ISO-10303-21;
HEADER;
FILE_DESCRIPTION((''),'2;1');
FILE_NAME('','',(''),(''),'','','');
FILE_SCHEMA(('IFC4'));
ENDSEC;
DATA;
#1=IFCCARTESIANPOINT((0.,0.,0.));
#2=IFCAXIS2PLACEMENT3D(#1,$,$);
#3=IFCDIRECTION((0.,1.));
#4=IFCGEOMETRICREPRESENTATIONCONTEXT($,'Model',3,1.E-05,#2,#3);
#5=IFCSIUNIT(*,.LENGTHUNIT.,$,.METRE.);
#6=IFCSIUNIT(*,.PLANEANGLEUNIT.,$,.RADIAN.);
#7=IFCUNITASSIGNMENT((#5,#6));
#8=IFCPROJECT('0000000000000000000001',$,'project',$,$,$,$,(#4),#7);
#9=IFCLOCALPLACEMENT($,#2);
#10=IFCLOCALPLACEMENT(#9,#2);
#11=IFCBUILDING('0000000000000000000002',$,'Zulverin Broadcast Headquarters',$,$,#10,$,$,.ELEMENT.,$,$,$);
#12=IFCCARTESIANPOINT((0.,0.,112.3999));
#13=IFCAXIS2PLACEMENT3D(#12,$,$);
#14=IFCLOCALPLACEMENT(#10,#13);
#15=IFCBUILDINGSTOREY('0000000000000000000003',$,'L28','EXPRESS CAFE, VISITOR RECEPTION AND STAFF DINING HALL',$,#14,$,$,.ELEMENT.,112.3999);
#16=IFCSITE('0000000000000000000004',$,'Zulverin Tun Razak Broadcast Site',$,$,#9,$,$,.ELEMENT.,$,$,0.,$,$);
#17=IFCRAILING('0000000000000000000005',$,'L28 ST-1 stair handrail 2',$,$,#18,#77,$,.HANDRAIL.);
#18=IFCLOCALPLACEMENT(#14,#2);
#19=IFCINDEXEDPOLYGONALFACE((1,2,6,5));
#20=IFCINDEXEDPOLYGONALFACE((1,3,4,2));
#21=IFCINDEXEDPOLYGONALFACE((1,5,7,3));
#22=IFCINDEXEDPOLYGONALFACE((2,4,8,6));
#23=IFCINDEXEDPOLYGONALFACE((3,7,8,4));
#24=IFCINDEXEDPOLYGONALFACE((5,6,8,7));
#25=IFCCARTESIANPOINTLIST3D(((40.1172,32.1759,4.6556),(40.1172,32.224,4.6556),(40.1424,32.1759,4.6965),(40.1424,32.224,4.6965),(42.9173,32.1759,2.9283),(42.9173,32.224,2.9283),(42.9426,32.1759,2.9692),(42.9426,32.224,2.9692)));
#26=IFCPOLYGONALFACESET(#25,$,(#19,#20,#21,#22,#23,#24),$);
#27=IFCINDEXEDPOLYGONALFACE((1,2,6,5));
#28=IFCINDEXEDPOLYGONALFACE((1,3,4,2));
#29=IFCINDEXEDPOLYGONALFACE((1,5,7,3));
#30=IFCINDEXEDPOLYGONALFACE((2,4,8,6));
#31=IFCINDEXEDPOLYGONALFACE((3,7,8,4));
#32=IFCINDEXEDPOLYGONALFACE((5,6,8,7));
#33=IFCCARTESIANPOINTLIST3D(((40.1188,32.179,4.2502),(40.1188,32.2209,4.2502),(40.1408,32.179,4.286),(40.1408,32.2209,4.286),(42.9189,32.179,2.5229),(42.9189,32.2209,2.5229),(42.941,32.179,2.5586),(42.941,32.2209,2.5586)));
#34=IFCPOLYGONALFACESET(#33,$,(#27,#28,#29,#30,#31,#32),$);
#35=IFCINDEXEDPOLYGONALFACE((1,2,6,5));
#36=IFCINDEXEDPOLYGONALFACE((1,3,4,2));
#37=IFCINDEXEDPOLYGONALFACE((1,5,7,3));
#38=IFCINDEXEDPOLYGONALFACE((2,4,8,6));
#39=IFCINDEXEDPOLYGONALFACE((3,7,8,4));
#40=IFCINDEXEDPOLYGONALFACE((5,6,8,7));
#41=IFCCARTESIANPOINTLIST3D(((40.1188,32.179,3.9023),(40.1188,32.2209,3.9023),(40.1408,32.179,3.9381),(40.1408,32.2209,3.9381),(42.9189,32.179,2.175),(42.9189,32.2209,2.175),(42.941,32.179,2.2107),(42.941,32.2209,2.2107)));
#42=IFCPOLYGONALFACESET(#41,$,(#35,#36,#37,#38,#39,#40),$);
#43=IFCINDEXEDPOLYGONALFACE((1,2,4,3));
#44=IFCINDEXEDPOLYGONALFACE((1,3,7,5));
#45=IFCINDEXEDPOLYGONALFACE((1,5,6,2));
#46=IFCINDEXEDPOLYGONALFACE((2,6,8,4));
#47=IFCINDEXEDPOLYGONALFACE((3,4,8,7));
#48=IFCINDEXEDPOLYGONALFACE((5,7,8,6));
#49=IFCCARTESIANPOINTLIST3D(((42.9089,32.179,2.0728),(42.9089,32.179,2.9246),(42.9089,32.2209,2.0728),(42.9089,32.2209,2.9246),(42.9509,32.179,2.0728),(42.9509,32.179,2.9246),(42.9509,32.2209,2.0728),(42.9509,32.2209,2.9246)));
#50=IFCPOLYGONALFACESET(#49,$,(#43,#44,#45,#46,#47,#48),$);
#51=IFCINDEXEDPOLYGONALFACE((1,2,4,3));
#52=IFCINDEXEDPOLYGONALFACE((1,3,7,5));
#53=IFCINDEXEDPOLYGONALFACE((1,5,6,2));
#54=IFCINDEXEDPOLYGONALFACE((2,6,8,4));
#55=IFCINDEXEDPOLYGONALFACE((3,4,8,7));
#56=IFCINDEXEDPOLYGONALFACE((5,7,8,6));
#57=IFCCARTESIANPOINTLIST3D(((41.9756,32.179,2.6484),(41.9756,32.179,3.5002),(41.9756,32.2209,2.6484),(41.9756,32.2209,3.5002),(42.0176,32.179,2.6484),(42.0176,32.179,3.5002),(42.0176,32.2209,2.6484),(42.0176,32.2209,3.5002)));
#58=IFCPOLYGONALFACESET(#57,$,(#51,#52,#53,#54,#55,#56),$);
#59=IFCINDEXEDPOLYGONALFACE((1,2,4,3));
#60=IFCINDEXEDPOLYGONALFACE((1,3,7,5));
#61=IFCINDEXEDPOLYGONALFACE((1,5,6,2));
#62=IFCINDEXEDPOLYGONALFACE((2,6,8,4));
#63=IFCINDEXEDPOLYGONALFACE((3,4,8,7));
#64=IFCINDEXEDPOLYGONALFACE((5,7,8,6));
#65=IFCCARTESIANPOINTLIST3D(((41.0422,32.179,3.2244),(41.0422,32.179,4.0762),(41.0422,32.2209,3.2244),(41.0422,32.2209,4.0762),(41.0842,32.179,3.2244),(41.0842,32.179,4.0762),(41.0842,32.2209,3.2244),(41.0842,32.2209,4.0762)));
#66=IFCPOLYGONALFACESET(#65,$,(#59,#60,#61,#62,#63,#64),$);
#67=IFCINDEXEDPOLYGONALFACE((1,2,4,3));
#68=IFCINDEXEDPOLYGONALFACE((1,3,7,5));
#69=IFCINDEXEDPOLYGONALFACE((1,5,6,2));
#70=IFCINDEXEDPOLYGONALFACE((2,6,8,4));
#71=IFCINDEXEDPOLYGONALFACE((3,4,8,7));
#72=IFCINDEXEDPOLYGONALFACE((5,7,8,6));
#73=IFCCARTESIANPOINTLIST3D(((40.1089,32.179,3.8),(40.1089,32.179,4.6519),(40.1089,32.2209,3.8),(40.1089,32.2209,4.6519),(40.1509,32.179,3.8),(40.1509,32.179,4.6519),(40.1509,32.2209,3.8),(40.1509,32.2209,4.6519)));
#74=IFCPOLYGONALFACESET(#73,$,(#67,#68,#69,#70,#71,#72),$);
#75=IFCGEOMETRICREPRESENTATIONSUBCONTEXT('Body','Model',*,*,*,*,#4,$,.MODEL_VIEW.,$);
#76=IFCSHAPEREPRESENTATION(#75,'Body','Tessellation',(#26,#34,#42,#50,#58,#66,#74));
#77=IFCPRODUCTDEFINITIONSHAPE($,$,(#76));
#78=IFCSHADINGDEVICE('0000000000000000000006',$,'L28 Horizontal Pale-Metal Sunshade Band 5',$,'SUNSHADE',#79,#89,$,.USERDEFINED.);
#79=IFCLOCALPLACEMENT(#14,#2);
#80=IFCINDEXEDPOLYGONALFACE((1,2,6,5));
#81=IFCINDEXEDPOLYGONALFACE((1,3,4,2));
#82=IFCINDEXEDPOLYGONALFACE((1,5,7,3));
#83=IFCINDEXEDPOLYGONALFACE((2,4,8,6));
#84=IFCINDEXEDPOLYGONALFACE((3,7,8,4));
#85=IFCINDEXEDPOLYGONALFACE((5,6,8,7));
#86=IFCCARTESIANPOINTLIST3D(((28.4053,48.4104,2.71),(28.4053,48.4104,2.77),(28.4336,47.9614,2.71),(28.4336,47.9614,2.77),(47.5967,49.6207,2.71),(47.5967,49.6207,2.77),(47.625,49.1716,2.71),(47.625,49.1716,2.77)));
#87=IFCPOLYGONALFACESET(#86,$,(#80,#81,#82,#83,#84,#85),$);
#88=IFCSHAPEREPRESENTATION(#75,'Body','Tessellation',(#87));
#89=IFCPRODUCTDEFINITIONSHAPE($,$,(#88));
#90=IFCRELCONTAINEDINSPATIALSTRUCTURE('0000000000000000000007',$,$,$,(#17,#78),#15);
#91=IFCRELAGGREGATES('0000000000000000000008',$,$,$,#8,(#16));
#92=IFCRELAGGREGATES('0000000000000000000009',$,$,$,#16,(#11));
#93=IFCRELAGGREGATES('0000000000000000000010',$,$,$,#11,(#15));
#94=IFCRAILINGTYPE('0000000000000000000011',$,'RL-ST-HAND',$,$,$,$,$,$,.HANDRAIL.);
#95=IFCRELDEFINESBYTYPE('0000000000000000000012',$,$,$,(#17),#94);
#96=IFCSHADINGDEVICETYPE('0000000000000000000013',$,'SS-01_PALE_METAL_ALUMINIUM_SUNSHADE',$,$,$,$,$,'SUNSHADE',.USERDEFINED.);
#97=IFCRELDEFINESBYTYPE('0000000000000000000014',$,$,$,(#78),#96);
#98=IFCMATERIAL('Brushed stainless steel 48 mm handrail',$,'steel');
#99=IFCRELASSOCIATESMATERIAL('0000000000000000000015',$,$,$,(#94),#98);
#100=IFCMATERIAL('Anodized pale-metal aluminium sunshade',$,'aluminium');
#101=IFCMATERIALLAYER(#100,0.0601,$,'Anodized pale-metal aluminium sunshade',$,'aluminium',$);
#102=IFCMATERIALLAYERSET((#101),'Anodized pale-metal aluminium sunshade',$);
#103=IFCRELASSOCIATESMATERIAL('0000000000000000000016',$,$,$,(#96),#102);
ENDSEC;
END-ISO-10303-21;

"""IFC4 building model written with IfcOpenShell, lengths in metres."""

from ifc_helpers import new_model, si_unit, direction, frame, origin, origin_2d, place, context, subcontext, project, spatial, rectangle, extrude, material, layer, layer_set, type_object, element, save


model = new_model("IFC4")

# Units and contexts
model_context = context("Model", 3, precision=1e-05, world=origin(), true_north=direction((0.0, 1.0)))
body_context = subcontext(model_context, "Body", "Model", "MODEL_VIEW")
ifc_project = project(units=[si_unit("LENGTHUNIT", "METRE"), si_unit("PLANEANGLEUNIT", "RADIAN")], contexts=[model_context])

# Site, building, storey
site_placement = place(None, origin())
site = spatial("IfcSite", under=ifc_project, at=site_placement, Name="Zulverin Tun Razak Broadcast Site", CompositionType="ELEMENT", RefElevation=0.0)
building_placement = place(site_placement, origin())
building = spatial("IfcBuilding", under=site, at=building_placement, Name="Zulverin Broadcast Headquarters", CompositionType="ELEMENT")
storey_placement = place(building_placement, frame((0.0, 0.0, 112.3999)))
storey = spatial("IfcBuildingStorey", under=building, at=storey_placement, Name="L28", Description="EXPRESS CAFE, VISITOR RECEPTION AND STAFF DINING HALL", CompositionType="ELEMENT", Elevation=112.3999)

# Railing
ifc_material_1 = material(Name="Brushed stainless steel 48 mm handrail", Category="steel")
railing_type_1 = type_object("IfcRailingType", Name="RL-ST-HAND", PredefinedType="HANDRAIL", material=ifc_material_1)
railing_1_placement = place(storey_placement, frame((42.9299, 32.2, 2.0728)))
element("IfcRailing", 1, at=railing_1_placement, inside=storey, type_object=railing_type_1, Name="L28 ST-1 stair handrail 2", PredefinedType="HANDRAIL", context=body_context, shape_type="SweptSolid", body=[
    extrude(rectangle(XDim=0.0481, YDim=0.0481, at=origin_2d()), frame((0.0, 0.0, 0.876), z_axis=(-0.85109, 0.0, 0.52502), x_axis=(0.0, -1.0, 0.0)), (0.0, 0.0, 1.0), 3.29),
    extrude(rectangle(XDim=0.042, YDim=0.042, at=origin_2d()), frame((0.0, 0.0, 0.468), z_axis=(-0.85109, 0.0, 0.52502), x_axis=(0.0, -1.0, 0.0)), (0.0, 0.0, 1.0), 3.29),
    extrude(rectangle(XDim=0.042, YDim=0.042, at=origin_2d()), frame((0.0, 0.0, 0.1201), z_axis=(-0.85109, 0.0, 0.52502), x_axis=(0.0, -1.0, 0.0)), (0.0, 0.0, 1.0), 3.29),
    extrude(rectangle(XDim=0.042, YDim=0.042, at=origin_2d()), origin(), (0.0, 0.0, 1.0), 0.8518),
    extrude(rectangle(XDim=0.042, YDim=0.042, at=origin_2d()), frame((-0.9333, 0.0, 0.5757)), (0.0, 0.0, 1.0), 0.8518),
    extrude(rectangle(XDim=0.042, YDim=0.042, at=origin_2d()), frame((-1.8667, 0.0, 1.1516)), (0.0, 0.0, 1.0), 0.8518),
    extrude(rectangle(XDim=0.042, YDim=0.042, at=origin_2d()), frame((-2.8, 0.0, 1.7273)), (0.0, 0.0, 1.0), 0.8518),
])

# Shading device
ifc_material_2 = material(Name="Anodized pale-metal aluminium sunshade", Category="aluminium")
ifc_layer_1 = layer(ifc_material_2, 0.0601, Name="Anodized pale-metal aluminium sunshade", Category="aluminium")
ifc_layer_set_1 = layer_set([ifc_layer_1], Name="Anodized pale-metal aluminium sunshade")
shading_device_type = type_object("IfcShadingDeviceType", Name="SS-01_PALE_METAL_ALUMINIUM_SUNSHADE", ElementType="SUNSHADE", PredefinedType="USERDEFINED", material=ifc_layer_set_1)
shading_device_placement = place(storey_placement, frame((38.0151, 48.791, 2.71), z_axis=(0.0, 0.0, 1.0), x_axis=(-0.998018, -0.062935, 0.0)))
element("IfcShadingDevice", 2, at=shading_device_placement, inside=storey, type_object=shading_device_type, Name="L28 Horizontal Pale-Metal Sunshade Band 5", ObjectType="SUNSHADE", PredefinedType="USERDEFINED", context=body_context, shape_type="SweptSolid", body=[
    extrude(rectangle(XDim=19.2295, YDim=0.45, at=origin_2d()), origin(), (0.0, 0.0, 1.0), 0.0601),
])

save(model, "model.ifc")
